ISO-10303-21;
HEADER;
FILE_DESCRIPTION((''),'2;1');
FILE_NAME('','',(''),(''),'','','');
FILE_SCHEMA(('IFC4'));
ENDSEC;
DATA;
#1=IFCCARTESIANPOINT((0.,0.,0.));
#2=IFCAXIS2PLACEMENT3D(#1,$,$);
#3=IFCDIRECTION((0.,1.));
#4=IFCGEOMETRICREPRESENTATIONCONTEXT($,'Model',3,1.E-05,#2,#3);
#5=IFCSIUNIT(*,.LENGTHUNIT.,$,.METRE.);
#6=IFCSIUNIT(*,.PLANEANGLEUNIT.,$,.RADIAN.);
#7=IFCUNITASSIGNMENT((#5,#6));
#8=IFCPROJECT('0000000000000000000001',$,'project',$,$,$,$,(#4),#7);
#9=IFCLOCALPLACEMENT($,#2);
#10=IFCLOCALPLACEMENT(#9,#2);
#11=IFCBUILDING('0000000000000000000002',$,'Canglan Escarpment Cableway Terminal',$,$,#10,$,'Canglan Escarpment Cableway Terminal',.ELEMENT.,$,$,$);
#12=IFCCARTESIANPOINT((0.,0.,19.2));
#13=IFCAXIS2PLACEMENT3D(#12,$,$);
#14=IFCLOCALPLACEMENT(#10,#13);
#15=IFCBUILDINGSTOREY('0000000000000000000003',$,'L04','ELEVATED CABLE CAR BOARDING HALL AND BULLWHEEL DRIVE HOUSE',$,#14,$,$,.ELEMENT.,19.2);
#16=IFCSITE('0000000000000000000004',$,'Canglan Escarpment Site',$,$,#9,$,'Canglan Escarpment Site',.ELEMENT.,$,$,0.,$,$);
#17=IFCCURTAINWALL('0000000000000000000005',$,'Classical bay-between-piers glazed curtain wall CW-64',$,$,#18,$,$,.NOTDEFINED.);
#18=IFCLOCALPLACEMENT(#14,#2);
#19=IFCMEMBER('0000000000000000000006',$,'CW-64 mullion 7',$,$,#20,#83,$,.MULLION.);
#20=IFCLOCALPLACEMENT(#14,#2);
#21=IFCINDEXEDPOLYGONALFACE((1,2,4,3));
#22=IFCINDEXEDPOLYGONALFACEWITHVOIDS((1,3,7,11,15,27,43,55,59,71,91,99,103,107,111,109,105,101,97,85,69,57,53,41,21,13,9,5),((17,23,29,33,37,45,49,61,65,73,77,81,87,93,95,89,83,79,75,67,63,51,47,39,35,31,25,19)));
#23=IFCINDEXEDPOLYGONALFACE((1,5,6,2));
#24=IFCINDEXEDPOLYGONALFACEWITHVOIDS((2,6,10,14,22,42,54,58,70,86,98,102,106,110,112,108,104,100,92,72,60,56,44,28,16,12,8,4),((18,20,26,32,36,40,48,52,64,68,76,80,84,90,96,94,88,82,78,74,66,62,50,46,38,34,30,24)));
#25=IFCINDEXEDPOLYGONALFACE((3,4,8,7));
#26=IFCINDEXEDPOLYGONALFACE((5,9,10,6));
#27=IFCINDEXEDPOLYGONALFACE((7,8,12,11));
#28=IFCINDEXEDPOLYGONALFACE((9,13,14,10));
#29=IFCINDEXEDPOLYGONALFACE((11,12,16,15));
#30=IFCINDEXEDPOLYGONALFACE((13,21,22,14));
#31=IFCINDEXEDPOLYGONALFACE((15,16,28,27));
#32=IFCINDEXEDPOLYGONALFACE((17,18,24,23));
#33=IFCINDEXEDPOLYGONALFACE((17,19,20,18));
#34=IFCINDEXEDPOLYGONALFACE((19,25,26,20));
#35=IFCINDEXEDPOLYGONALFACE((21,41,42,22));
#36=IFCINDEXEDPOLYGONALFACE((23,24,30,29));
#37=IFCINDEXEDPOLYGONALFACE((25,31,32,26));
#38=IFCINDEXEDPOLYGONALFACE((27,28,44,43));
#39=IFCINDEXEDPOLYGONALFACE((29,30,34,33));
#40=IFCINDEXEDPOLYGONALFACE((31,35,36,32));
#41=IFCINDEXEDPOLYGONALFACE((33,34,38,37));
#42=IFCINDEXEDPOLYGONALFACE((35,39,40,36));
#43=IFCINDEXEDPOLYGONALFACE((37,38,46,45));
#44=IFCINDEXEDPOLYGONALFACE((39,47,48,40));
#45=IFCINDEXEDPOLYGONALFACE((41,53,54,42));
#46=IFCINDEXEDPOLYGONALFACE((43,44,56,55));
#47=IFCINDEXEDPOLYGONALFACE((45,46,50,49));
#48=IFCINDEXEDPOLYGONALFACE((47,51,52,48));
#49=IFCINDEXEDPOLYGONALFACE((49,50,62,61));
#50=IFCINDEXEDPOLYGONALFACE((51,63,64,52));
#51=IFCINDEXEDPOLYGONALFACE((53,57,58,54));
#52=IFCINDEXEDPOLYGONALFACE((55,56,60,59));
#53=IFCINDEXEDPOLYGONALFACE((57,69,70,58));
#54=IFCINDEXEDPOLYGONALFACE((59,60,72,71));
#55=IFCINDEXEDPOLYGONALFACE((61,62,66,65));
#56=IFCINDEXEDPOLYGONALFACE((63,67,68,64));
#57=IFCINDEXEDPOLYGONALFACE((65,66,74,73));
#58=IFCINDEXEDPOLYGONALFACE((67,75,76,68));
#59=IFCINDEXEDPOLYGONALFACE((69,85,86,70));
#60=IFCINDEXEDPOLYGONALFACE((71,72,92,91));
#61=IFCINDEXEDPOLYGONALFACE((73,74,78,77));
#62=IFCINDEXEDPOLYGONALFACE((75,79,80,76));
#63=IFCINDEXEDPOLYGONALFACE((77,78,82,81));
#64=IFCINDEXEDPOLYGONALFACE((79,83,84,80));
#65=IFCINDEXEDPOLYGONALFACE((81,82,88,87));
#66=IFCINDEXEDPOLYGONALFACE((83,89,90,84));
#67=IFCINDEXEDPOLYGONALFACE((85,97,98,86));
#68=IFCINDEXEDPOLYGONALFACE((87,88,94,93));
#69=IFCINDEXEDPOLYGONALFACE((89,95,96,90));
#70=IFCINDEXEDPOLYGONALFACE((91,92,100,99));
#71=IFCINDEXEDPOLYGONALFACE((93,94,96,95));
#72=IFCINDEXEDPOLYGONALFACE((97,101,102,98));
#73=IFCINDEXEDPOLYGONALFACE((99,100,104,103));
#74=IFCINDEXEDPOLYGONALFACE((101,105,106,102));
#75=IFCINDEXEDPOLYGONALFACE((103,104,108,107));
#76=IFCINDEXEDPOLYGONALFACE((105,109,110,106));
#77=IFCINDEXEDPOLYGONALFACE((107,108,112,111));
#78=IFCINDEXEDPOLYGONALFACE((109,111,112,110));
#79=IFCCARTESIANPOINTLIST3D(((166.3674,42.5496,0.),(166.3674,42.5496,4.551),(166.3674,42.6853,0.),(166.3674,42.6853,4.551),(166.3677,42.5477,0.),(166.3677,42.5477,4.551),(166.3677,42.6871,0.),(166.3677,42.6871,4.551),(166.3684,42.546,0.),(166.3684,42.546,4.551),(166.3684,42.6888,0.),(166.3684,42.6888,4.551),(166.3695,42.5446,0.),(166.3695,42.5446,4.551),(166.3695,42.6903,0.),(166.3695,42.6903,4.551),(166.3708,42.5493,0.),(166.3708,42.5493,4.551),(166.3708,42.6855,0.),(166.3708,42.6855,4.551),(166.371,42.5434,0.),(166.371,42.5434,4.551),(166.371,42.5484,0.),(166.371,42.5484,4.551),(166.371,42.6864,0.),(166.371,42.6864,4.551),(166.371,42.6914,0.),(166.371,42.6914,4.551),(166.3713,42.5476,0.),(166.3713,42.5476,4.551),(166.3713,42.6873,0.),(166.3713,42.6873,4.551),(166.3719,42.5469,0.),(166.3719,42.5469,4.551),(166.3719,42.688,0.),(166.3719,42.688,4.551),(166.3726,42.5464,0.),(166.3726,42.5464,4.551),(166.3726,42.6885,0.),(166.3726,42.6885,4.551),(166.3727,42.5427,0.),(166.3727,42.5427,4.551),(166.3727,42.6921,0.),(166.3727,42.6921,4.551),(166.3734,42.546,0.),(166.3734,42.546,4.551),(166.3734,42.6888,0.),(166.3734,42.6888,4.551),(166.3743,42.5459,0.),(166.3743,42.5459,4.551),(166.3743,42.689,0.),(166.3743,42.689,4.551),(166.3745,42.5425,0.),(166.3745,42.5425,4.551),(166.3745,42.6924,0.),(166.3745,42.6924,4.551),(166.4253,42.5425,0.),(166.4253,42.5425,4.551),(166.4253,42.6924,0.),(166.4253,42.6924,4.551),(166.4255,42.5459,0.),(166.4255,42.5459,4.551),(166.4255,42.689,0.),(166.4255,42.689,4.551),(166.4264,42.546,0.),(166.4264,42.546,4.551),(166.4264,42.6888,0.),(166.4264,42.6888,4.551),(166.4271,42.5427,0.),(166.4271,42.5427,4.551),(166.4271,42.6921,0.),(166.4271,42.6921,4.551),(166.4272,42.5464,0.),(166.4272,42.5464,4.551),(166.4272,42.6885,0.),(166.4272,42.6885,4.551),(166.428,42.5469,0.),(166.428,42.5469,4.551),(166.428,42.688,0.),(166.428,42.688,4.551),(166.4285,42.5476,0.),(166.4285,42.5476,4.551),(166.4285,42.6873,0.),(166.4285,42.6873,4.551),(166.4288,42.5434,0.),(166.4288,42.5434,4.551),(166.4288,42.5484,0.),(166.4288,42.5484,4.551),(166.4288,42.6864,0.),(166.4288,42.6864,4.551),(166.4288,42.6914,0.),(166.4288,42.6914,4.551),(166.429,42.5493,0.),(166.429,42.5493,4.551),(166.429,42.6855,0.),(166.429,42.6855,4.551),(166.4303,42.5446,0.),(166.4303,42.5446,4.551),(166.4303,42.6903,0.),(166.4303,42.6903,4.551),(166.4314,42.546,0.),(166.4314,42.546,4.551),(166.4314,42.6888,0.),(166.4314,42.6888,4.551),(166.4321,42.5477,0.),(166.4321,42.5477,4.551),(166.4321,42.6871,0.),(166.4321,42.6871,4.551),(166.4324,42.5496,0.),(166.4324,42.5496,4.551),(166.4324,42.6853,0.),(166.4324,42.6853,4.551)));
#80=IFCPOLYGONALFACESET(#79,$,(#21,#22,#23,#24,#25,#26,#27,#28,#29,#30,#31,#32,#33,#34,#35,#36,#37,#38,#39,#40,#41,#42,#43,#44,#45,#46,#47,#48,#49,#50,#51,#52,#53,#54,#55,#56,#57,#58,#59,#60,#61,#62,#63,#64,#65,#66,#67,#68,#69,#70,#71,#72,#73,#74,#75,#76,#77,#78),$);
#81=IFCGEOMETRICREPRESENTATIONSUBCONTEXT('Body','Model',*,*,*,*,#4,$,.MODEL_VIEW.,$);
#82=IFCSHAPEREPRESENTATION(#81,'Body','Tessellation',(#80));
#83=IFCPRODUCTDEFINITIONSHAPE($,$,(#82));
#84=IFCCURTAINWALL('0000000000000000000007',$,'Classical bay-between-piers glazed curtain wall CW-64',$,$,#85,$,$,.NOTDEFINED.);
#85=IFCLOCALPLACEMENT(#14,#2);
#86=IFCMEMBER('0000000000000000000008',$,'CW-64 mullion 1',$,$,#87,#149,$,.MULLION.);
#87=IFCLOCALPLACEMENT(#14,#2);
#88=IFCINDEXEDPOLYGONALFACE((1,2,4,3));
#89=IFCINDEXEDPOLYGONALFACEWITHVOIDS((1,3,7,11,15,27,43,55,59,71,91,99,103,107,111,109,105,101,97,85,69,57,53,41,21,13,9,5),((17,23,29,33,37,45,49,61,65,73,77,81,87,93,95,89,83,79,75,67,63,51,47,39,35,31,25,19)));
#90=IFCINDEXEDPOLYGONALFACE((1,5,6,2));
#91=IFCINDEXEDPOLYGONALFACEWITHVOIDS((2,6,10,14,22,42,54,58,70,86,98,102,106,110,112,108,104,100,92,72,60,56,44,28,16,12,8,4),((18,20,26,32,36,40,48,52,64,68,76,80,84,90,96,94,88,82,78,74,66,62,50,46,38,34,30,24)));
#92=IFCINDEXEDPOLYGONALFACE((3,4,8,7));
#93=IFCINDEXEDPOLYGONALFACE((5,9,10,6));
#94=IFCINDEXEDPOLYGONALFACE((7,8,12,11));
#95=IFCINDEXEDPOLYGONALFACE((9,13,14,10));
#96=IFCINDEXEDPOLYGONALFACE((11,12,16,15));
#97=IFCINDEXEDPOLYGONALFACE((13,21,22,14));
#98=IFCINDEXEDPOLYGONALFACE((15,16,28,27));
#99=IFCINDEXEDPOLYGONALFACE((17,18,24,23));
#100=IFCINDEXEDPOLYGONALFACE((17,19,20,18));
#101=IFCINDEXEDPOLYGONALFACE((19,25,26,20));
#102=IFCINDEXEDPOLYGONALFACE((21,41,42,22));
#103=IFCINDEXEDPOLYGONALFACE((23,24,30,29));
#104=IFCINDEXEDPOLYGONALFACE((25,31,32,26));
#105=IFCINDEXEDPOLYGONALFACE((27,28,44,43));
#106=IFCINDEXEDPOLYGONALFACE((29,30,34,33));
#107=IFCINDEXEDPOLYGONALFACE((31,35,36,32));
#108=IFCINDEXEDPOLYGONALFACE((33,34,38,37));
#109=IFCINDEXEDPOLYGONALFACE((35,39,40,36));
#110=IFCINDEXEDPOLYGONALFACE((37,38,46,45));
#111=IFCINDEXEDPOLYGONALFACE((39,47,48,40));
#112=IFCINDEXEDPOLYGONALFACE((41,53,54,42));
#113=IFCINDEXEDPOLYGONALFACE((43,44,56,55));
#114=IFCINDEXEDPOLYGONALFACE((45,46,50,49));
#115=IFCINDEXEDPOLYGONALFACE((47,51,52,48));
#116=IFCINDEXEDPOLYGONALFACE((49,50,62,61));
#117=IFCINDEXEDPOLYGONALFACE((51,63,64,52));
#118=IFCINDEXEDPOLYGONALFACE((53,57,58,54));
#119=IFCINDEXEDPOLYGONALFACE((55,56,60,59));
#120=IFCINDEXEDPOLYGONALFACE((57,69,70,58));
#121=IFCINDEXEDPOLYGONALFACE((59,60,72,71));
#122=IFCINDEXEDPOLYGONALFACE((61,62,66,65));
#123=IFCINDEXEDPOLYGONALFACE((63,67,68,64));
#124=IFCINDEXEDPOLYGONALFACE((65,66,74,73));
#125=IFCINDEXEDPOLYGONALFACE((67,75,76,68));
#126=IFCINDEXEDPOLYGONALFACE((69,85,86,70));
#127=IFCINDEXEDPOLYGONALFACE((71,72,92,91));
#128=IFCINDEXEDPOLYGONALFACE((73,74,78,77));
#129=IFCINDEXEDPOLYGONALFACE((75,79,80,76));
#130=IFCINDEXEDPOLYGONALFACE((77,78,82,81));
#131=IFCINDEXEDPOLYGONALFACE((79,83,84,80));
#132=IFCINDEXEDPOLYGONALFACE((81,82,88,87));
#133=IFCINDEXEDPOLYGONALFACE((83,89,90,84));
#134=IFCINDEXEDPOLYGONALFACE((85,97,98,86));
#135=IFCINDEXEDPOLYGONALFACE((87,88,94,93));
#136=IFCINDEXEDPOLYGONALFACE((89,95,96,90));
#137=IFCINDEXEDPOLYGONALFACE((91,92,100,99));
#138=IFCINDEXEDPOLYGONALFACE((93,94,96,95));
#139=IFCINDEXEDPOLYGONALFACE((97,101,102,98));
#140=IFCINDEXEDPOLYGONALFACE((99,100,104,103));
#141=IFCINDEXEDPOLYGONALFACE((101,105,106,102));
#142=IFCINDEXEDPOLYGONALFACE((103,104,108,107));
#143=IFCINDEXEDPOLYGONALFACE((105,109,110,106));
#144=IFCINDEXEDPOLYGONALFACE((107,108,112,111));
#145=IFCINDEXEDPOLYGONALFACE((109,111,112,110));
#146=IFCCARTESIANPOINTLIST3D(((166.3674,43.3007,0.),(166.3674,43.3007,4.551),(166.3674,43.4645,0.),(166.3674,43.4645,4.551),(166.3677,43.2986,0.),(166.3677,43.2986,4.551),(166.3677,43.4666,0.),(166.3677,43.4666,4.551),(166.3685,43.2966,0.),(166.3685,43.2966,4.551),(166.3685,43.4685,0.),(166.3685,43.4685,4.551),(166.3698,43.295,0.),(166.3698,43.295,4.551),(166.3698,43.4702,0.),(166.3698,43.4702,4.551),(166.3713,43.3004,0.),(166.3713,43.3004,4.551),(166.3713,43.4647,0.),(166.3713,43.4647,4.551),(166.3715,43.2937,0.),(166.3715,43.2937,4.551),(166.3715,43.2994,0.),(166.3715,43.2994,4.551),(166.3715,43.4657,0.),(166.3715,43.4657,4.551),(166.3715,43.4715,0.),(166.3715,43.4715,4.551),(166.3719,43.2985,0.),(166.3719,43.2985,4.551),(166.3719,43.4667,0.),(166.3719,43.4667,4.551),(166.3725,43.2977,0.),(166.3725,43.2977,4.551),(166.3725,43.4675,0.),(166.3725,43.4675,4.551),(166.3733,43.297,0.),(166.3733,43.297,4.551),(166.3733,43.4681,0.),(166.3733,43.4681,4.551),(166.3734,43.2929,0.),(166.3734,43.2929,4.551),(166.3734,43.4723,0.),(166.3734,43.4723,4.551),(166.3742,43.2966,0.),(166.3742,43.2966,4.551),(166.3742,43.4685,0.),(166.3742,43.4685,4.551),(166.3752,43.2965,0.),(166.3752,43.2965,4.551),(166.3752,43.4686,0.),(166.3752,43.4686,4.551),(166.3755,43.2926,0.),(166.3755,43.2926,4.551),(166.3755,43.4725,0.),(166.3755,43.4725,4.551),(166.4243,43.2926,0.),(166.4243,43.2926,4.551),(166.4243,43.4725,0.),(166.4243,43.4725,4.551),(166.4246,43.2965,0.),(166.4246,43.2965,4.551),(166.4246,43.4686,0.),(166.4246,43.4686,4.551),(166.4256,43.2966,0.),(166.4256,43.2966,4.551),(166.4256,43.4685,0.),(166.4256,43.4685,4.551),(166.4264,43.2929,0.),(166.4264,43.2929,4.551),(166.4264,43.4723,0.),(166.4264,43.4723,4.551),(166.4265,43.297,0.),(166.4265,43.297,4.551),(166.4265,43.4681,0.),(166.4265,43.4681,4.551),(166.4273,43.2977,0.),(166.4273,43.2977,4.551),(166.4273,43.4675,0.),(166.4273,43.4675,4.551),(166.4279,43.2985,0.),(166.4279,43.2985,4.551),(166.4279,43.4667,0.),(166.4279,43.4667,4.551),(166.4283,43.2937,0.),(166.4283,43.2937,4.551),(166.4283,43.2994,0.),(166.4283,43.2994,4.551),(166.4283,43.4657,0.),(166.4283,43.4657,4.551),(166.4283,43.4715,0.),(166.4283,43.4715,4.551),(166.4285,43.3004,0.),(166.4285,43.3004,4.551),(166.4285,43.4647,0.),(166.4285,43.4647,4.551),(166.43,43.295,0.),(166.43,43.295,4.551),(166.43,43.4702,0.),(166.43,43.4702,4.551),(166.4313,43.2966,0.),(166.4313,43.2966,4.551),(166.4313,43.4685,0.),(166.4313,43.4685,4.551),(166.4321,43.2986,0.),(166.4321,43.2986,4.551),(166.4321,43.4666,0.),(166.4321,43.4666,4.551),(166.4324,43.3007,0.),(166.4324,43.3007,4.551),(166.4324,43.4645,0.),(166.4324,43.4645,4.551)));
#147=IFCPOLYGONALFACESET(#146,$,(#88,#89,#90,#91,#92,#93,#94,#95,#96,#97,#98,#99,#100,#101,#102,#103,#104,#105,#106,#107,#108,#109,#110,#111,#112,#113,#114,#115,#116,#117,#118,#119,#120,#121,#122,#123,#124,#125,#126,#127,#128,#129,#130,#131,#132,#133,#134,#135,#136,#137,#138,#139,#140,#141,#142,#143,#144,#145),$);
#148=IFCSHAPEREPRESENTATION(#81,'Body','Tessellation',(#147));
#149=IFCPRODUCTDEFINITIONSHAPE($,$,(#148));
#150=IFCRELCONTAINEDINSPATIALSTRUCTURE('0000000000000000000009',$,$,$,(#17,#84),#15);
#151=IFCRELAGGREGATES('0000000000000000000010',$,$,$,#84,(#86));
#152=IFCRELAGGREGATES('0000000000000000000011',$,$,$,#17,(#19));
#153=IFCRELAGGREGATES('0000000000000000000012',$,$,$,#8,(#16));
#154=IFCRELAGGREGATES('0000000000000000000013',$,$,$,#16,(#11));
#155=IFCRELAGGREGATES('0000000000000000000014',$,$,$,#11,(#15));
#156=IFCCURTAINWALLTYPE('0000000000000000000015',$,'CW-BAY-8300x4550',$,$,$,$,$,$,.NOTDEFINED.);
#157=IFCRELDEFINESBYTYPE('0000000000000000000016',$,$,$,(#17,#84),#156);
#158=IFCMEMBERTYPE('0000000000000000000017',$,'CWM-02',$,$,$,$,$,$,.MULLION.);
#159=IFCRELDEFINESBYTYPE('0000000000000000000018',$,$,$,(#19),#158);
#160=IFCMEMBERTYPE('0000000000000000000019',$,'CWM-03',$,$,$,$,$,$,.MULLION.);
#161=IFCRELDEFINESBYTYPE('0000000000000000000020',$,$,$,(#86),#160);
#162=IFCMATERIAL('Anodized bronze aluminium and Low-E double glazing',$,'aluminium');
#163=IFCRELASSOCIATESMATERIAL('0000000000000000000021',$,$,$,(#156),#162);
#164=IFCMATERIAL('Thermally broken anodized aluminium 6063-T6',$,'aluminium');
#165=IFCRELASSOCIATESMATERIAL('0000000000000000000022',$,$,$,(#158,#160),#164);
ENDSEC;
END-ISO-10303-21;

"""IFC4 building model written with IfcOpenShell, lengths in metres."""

from ifc_helpers import new_model, si_unit, direction, frame, origin, origin_2d, place, context, subcontext, project, spatial, hollow_rectangle, extrude, material, material_profile, profile_set, type_object, element, aggregate, save


model = new_model("IFC4")

# Units and contexts
model_context = context("Model", 3, precision=1e-05, world=origin(), true_north=direction((0.0, 1.0)))
body_context = subcontext(model_context, "Body", "Model", "MODEL_VIEW")
ifc_project = project(units=[si_unit("LENGTHUNIT", "METRE"), si_unit("PLANEANGLEUNIT", "RADIAN")], contexts=[model_context])

# Site, building, storey
site_placement = place(None, origin())
site = spatial("IfcSite", under=ifc_project, at=site_placement, Name="Canglan Escarpment Site", LongName="Canglan Escarpment Site", CompositionType="ELEMENT", RefElevation=0.0)
building_placement = place(site_placement, origin())
building = spatial("IfcBuilding", under=site, at=building_placement, Name="Canglan Escarpment Cableway Terminal", LongName="Canglan Escarpment Cableway Terminal", CompositionType="ELEMENT")
storey_placement = place(building_placement, frame((0.0, 0.0, 19.2)))
storey = spatial("IfcBuildingStorey", under=building, at=storey_placement, Name="L04", Description="ELEVATED CABLE CAR BOARDING HALL AND BULLWHEEL DRIVE HOUSE", CompositionType="ELEMENT", Elevation=19.2)

# Curtain wall, member
ifc_material_1 = material(Name="Anodized bronze aluminium and Low-E double glazing", Category="aluminium")
curtain_wall_type = type_object("IfcCurtainWallType", Name="CW-BAY-8300x4550", PredefinedType="NOTDEFINED", material=ifc_material_1)
curtain_wall_1_placement = place(storey_placement, origin())
curtain_wall_1 = element("IfcCurtainWall", 1, at=curtain_wall_1_placement, inside=storey, type_object=curtain_wall_type, Name="Classical bay-between-piers glazed curtain wall CW-64", PredefinedType="NOTDEFINED")
ifc_material_2 = material(Name="Thermally broken anodized aluminium 6063-T6", Category="aluminium")
ifc_material_profile_1 = material_profile(ifc_material_2, hollow_rectangle(XDim=0.0649, YDim=0.1499, WallThickness=0.0034, InnerFilletRadius=0.0034, OuterFilletRadius=0.0071, at=origin_2d()), Name="ALU-MULL 65x150x3.5")
ifc_profile_set_1 = profile_set([ifc_material_profile_1], Name="Thermally broken anodized aluminium 6063-T6")
member_type_1 = type_object("IfcMemberType", Name="CWM-02", PredefinedType="MULLION", material=ifc_profile_set_1)
member_1_placement = place(storey_placement, frame((166.3999, 42.6174, 0.0), z_axis=(0.0, 0.0, 1.0), x_axis=(-1.0, 0.0, 0.0)))
member_1 = element("IfcMember", 2, at=member_1_placement, type_object=member_type_1, Name="CW-64 mullion 7", PredefinedType="MULLION", context=body_context, shape_type="SweptSolid", body=[
    extrude(hollow_rectangle(XDim=0.0649, YDim=0.1499, WallThickness=0.0034, InnerFilletRadius=0.0034, OuterFilletRadius=0.0071, at=origin_2d()), origin(), (0.0, 0.0, 1.0), 4.551),
])

# Curtain wall, member
curtain_wall_2_placement = place(storey_placement, origin())
curtain_wall_2 = element("IfcCurtainWall", 3, at=curtain_wall_2_placement, inside=storey, type_object=curtain_wall_type, Name="Classical bay-between-piers glazed curtain wall CW-64", PredefinedType="NOTDEFINED")
ifc_material_profile_2 = material_profile(ifc_material_2, hollow_rectangle(XDim=0.0649, YDim=0.1799, WallThickness=0.0039, InnerFilletRadius=0.0039, OuterFilletRadius=0.0081, at=origin_2d()), Name="ALU-MULL 65x180x4")
ifc_profile_set_2 = profile_set([ifc_material_profile_2], Name="Thermally broken anodized aluminium 6063-T6")
member_type_2 = type_object("IfcMemberType", Name="CWM-03", PredefinedType="MULLION", material=ifc_profile_set_2)
member_2_placement = place(storey_placement, frame((166.3999, 43.3826, 0.0), z_axis=(0.0, 0.0, 1.0), x_axis=(-1.0, 0.0, 0.0)))
member_2 = element("IfcMember", 4, at=member_2_placement, type_object=member_type_2, Name="CW-64 mullion 1", PredefinedType="MULLION", context=body_context, shape_type="SweptSolid", body=[
    extrude(hollow_rectangle(XDim=0.0649, YDim=0.1799, WallThickness=0.0039, InnerFilletRadius=0.0039, OuterFilletRadius=0.0081, at=origin_2d()), origin(), (0.0, 0.0, 1.0), 4.551),
])

aggregate(curtain_wall_2, [member_2])

aggregate(curtain_wall_1, [member_1])

save(model, "model.ifc")
